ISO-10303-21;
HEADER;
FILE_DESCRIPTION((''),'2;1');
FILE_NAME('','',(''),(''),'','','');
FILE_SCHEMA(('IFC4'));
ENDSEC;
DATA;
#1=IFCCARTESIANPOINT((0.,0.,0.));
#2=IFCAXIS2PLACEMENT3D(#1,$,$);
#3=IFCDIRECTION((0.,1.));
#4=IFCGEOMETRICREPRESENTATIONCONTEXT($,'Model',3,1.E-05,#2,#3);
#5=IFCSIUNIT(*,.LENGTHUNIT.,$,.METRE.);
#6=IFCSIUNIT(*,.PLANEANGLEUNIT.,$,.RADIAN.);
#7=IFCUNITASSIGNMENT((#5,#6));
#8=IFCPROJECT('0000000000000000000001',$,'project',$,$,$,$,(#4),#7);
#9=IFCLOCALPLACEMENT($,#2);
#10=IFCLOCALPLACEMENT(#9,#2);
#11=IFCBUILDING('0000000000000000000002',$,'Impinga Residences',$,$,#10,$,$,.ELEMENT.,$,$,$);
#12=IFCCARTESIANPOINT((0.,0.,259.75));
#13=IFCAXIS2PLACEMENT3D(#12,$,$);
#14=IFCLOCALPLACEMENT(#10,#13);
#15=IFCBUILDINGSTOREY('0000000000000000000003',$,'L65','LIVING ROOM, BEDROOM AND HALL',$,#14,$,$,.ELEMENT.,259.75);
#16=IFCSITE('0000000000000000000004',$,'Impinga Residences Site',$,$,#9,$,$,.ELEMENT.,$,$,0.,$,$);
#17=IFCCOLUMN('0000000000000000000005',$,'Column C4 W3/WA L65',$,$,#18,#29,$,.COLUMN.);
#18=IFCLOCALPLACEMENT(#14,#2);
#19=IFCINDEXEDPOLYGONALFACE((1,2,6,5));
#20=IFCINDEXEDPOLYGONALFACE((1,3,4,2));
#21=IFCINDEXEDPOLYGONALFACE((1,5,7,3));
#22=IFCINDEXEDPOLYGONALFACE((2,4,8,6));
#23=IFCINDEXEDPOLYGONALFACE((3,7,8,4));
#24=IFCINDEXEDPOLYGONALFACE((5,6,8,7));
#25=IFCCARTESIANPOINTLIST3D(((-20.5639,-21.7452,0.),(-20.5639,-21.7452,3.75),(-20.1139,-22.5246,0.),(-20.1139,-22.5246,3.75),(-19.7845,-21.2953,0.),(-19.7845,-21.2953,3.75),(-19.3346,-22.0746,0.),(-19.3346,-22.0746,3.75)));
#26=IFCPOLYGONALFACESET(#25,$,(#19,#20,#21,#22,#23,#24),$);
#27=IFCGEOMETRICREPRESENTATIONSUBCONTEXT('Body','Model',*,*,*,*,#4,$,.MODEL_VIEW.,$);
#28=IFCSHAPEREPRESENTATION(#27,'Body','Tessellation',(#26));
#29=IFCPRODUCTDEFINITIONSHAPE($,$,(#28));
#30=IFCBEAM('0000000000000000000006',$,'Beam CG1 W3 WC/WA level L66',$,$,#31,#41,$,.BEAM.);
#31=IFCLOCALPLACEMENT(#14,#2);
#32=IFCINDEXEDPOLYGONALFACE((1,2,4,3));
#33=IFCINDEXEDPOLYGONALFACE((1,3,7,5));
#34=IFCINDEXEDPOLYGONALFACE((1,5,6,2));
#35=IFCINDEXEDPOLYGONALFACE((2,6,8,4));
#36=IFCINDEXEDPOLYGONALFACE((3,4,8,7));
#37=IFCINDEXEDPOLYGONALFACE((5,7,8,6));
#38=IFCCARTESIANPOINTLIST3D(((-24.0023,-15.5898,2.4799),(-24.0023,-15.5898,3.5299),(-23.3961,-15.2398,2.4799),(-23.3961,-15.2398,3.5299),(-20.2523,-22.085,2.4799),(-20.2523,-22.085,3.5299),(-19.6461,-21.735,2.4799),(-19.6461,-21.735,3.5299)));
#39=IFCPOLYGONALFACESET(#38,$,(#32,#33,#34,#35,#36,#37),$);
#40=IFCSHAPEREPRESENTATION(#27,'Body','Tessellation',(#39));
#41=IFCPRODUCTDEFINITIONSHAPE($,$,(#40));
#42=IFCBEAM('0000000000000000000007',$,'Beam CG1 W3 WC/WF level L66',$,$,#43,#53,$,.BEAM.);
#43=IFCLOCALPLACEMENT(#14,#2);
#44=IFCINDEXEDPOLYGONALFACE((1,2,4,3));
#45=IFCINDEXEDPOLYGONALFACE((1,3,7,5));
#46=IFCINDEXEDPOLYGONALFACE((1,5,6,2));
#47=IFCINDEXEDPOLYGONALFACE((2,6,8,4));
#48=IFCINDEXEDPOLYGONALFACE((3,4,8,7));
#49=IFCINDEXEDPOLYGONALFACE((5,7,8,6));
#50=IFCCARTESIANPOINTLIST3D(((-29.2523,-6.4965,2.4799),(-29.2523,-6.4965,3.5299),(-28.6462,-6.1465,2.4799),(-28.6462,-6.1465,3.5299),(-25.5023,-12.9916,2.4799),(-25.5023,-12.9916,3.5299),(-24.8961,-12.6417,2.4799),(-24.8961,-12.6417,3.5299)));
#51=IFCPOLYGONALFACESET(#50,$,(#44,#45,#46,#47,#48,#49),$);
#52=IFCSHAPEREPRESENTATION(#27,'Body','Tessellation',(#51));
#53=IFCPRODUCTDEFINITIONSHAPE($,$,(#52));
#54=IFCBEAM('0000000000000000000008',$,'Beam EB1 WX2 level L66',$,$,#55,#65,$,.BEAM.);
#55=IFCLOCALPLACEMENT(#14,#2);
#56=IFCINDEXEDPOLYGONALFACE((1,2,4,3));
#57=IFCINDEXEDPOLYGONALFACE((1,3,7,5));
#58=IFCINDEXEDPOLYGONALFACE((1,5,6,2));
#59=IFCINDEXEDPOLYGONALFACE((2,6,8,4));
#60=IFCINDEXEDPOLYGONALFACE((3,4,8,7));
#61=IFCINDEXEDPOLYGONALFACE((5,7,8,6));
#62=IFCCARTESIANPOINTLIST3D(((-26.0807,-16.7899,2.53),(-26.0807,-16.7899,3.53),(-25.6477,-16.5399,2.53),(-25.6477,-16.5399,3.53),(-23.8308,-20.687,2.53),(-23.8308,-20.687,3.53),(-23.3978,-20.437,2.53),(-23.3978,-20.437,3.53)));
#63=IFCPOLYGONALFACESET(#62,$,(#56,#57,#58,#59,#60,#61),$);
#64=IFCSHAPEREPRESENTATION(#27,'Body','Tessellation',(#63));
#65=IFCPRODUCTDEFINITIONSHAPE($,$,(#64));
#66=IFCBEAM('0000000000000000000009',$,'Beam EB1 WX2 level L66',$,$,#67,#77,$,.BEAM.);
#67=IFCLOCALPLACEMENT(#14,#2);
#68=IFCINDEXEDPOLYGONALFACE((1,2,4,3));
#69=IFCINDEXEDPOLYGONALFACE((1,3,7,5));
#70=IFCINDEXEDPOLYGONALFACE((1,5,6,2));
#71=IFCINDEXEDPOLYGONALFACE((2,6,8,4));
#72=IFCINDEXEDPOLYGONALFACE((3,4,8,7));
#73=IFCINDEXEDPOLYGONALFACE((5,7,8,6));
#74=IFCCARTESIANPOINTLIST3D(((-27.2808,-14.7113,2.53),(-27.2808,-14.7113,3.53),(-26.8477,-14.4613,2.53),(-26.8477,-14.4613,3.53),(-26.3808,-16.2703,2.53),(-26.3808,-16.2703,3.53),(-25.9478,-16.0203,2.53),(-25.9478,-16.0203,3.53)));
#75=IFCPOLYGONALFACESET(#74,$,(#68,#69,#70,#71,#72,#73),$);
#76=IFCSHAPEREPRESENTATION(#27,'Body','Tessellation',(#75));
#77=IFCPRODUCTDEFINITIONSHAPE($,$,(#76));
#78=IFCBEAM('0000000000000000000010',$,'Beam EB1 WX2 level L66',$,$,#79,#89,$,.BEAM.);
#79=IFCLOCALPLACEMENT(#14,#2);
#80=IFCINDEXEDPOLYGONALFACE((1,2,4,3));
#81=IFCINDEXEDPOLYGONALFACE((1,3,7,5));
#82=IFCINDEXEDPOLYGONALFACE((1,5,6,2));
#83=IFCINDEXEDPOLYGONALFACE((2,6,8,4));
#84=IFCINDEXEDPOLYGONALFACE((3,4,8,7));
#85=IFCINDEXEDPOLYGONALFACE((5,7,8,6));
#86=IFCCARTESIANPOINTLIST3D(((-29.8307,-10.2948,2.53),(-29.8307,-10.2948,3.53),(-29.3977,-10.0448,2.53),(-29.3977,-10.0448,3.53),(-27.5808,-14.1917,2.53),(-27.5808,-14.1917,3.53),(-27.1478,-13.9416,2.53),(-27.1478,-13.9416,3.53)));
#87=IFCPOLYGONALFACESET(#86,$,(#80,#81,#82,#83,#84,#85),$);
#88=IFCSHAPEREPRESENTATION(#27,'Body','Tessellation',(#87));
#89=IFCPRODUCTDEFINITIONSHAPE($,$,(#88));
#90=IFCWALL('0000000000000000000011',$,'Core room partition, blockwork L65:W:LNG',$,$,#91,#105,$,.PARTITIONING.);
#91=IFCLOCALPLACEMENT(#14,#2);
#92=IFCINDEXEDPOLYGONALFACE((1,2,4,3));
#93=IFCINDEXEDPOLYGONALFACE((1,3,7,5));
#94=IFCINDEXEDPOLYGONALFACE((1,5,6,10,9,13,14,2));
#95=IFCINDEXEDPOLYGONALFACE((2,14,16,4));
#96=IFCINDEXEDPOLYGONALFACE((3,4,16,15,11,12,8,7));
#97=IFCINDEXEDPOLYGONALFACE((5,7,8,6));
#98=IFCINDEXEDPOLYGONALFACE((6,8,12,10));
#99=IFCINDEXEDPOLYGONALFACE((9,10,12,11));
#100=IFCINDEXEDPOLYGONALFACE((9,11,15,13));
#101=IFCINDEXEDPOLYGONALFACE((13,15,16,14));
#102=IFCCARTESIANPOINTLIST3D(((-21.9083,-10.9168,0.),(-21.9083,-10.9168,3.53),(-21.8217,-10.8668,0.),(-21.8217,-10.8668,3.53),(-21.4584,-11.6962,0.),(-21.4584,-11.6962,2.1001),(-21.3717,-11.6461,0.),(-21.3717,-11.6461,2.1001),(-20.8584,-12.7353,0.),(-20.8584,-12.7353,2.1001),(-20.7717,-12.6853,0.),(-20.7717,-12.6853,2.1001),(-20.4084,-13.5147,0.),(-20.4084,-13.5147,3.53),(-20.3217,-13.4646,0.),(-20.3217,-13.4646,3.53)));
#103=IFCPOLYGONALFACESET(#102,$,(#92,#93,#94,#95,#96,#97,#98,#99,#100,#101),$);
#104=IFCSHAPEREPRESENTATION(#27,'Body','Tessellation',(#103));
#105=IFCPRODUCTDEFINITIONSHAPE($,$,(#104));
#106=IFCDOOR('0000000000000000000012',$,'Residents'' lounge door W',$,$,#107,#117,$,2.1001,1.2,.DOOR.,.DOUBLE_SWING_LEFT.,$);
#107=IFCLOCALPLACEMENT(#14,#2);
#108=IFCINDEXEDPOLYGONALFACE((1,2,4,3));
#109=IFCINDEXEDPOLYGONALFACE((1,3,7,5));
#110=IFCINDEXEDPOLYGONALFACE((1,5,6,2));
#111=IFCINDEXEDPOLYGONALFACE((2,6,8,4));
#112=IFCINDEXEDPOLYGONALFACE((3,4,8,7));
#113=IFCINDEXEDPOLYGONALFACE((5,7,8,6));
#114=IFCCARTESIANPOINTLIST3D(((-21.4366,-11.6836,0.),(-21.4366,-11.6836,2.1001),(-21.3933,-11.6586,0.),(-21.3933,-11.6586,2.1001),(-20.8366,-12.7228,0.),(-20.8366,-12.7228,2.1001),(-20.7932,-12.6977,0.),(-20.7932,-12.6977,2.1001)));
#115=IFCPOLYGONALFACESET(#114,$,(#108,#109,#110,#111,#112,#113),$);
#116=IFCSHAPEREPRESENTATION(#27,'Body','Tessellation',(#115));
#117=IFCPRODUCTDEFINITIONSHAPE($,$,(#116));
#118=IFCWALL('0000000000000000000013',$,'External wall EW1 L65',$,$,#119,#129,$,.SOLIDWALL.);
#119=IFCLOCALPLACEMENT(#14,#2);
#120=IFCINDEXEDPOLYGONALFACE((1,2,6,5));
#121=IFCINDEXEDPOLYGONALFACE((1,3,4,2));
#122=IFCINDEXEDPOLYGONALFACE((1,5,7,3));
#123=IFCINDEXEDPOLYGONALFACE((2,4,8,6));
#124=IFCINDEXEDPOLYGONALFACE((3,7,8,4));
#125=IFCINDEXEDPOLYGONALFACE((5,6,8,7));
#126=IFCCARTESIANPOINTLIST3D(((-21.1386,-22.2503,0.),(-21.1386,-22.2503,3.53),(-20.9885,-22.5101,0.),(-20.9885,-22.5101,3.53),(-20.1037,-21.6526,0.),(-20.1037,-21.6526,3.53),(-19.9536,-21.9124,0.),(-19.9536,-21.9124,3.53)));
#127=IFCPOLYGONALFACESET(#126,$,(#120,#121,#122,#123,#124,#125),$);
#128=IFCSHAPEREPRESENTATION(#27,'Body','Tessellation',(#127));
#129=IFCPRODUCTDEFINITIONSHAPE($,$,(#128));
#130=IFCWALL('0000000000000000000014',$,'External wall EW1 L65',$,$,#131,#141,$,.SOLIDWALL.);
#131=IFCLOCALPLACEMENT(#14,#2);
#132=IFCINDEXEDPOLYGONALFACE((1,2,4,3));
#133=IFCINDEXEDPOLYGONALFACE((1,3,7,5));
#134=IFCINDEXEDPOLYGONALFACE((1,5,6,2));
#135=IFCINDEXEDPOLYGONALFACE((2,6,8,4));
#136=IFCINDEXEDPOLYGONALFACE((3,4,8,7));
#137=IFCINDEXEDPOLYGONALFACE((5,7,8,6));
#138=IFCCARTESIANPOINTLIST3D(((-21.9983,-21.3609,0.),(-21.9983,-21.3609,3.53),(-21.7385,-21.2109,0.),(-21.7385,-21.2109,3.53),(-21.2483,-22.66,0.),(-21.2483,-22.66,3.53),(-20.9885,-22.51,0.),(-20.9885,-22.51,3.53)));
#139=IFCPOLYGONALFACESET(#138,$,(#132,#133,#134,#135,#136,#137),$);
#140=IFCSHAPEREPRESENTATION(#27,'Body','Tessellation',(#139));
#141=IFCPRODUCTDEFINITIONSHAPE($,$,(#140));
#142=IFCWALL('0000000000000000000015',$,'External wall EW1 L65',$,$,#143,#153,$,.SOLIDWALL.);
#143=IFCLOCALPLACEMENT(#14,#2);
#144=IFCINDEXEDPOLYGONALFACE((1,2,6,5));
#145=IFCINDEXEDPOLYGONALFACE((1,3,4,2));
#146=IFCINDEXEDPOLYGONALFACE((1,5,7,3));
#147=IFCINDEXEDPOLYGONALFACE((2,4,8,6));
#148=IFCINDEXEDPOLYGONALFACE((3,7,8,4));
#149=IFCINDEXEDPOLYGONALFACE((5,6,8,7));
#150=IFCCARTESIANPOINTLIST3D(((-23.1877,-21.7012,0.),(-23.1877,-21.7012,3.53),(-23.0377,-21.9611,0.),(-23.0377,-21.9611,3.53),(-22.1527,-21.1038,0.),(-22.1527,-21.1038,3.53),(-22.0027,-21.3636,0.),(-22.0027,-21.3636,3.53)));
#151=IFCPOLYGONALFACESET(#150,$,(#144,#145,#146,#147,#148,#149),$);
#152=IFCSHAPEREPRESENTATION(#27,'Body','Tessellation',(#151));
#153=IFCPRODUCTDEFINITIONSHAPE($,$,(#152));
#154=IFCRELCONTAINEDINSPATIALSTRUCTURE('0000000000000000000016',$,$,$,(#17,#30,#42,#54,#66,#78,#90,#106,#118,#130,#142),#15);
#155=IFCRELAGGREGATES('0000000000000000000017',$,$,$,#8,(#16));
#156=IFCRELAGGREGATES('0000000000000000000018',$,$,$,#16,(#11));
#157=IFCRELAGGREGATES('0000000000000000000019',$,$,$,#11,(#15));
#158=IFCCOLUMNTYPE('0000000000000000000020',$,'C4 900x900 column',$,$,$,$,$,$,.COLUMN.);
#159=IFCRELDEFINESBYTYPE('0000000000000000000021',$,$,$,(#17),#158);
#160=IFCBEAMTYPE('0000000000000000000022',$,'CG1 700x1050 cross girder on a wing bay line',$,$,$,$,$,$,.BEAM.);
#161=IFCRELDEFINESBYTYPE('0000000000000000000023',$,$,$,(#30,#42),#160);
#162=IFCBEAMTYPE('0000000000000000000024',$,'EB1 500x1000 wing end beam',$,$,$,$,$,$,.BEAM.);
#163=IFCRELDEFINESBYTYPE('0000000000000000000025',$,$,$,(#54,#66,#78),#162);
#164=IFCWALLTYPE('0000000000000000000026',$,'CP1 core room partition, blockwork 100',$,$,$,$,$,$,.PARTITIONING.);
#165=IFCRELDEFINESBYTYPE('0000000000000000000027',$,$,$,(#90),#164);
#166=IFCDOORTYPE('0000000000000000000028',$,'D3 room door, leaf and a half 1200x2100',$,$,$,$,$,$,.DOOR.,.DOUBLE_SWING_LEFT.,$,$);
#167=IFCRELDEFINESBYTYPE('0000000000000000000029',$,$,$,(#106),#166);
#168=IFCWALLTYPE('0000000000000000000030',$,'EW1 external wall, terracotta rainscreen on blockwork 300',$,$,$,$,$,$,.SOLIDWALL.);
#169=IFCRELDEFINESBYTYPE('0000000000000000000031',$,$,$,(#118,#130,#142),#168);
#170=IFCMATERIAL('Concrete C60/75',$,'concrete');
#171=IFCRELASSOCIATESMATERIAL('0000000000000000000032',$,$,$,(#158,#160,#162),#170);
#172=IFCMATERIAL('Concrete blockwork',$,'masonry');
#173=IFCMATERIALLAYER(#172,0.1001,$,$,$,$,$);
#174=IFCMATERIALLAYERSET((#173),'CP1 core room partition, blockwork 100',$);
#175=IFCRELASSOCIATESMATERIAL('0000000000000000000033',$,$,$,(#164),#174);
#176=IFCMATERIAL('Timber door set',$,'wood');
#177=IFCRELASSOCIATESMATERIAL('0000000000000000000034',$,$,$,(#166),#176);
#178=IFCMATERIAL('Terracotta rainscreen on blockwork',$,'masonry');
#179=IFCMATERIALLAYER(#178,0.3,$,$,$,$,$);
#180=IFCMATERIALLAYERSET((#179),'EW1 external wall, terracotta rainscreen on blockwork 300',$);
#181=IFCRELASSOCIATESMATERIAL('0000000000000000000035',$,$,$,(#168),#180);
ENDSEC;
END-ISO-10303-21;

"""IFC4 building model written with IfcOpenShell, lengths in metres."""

from ifc_helpers import new_model, si_unit, direction, frame, frame_2d, origin, origin_2d, place, context, subcontext, project, spatial, rectangle, extrude, material, layer, layer_set, material_profile, profile_set, type_object, element, fill, save


model = new_model("IFC4")

# Units and contexts
model_context = context("Model", 3, precision=1e-05, world=origin(), true_north=direction((0.0, 1.0)))
body_context = subcontext(model_context, "Body", "Model", "MODEL_VIEW")
ifc_project = project(units=[si_unit("LENGTHUNIT", "METRE"), si_unit("PLANEANGLEUNIT", "RADIAN")], contexts=[model_context])

# Site, building, storey
site_placement = place(None, origin())
site = spatial("IfcSite", under=ifc_project, at=site_placement, Name="Impinga Residences Site", CompositionType="ELEMENT", RefElevation=0.0)
building_placement = place(site_placement, origin())
building = spatial("IfcBuilding", under=site, at=building_placement, Name="Impinga Residences", CompositionType="ELEMENT")
storey_placement = place(building_placement, frame((0.0, 0.0, 259.75)))
storey = spatial("IfcBuildingStorey", under=building, at=storey_placement, Name="L65", Description="LIVING ROOM, BEDROOM AND HALL", CompositionType="ELEMENT", Elevation=259.75)

# Column
ifc_material_1 = material(Name="Concrete C60/75", Category="concrete")
ifc_material_profile_1 = material_profile(ifc_material_1, rectangle(XDim=0.8999, YDim=0.8999, at=origin_2d()), Name="RC 900x900")
ifc_profile_set_1 = profile_set([ifc_material_profile_1], Name="Concrete C60/75")
column_type = type_object("IfcColumnType", Name="C4 900x900 column", PredefinedType="COLUMN", material=ifc_profile_set_1)
column_placement = place(storey_placement, frame((-19.9492, -21.9099, 0.0), z_axis=(0.0, 0.0, 1.0), x_axis=(-0.5, 0.866025, 0.0)))
element("IfcColumn", 1, at=column_placement, inside=storey, type_object=column_type, Name="Column C4 W3/WA L65", PredefinedType="COLUMN", context=body_context, shape_type="SweptSolid", body=[
    extrude(rectangle(XDim=0.8999, YDim=0.8999, at=origin_2d()), origin(), (0.0, 0.0, 1.0), 3.75),
])

# Beams
ifc_material_profile_2 = material_profile(ifc_material_1, rectangle(XDim=0.7, YDim=1.05, at=origin_2d()), Name="RC 700x1050")
ifc_profile_set_2 = profile_set([ifc_material_profile_2], Name="Concrete C60/75")
beam_type_1 = type_object("IfcBeamType", Name="CG1 700x1050 cross girder on a wing bay line", PredefinedType="BEAM", material=ifc_profile_set_2)
for number, where, z_axis, x_axis, name in (
    (2, (-23.6992, -15.4148, 3.0049), (0.500004, -0.866023, 0.0), (0.866023, 0.500004, 0.0), "Beam CG1 W3 WC/WA level L66"),
    (3, (-25.1992, -12.8167, 3.0049), (-0.500004, 0.866023, 0.0), (-0.866023, -0.500004, 0.0), "Beam CG1 W3 WC/WF level L66"),
):
    element("IfcBeam", number, at=place(storey_placement, frame(where, z_axis=z_axis, x_axis=x_axis)), inside=storey, type_object=beam_type_1, Name=name, PredefinedType="BEAM", context=body_context, shape_type="SweptSolid", body=[
        extrude(rectangle(XDim=0.7, YDim=1.05, at=origin_2d()), origin(), (0.0, 0.0, 1.0), 7.5),
    ])
ifc_material_profile_3 = material_profile(ifc_material_1, rectangle(XDim=0.5, YDim=1.0, at=origin_2d()), Name="RC 500x1000")
ifc_profile_set_3 = profile_set([ifc_material_profile_3], Name="Concrete C60/75")
beam_type_2 = type_object("IfcBeamType", Name="EB1 500x1000 wing end beam", PredefinedType="BEAM", material=ifc_profile_set_3)
beam_1_placement = place(storey_placement, frame((-23.6143, -20.562, 3.03), z_axis=(-0.49999, 0.866031, 0.0), x_axis=(-0.866031, -0.49999, 0.0)))
element("IfcBeam", 4, at=beam_1_placement, inside=storey, type_object=beam_type_2, Name="Beam EB1 WX2 level L66", PredefinedType="BEAM", context=body_context, shape_type="SweptSolid", body=[
    extrude(rectangle(XDim=0.5, YDim=1.0, at=origin_2d()), origin(), (0.0, 0.0, 1.0), 4.5),
])
beam_2_placement = place(storey_placement, frame((-26.1643, -16.1453, 3.03), z_axis=(-0.499961, 0.866048, 0.0), x_axis=(-0.866048, -0.499961, 0.0)))
element("IfcBeam", 5, at=beam_2_placement, inside=storey, type_object=beam_type_2, Name="Beam EB1 WX2 level L66", PredefinedType="BEAM", context=body_context, shape_type="SweptSolid", body=[
    extrude(rectangle(XDim=0.5, YDim=1.0, at=origin_2d()), origin(), (0.0, 0.0, 1.0), 1.8),
])
beam_3_placement = place(storey_placement, frame((-27.3643, -14.0667, 3.03), z_axis=(-0.500014, 0.866018, 0.0), x_axis=(-0.866018, -0.500014, 0.0)))
element("IfcBeam", 6, at=beam_3_placement, inside=storey, type_object=beam_type_2, Name="Beam EB1 WX2 level L66", PredefinedType="BEAM", context=body_context, shape_type="SweptSolid", body=[
    extrude(rectangle(XDim=0.5, YDim=1.0, at=origin_2d()), origin(), (0.0, 0.0, 1.0), 4.4998),
])

# Wall, opening, door
ifc_material_2 = material(Name="Concrete blockwork", Category="masonry")
ifc_layer_1 = layer(ifc_material_2, 0.1001)
ifc_layer_set_1 = layer_set([ifc_layer_1], Name="CP1 core room partition, blockwork 100")
wall_type_1 = type_object("IfcWallType", Name="CP1 core room partition, blockwork 100", PredefinedType="PARTITIONING", material=ifc_layer_set_1)
wall_1_placement = place(storey_placement, frame((-20.365, -13.4897, 0.0), z_axis=(0.0, 0.0, 1.0), x_axis=(-0.500025, 0.866011, 0.0)))
wall_1 = element("IfcWall", 7, at=wall_1_placement, inside=storey, type_object=wall_type_1, Name="Core room partition, blockwork L65:W:LNG", PredefinedType="PARTITIONING", context=body_context, shape_type="SweptSolid", body=[
    extrude(rectangle(XDim=2.9998, YDim=0.1001, at=frame_2d((1.5, 0.0))), origin(), (0.0, 0.0, 1.0), 3.53),
])
opening_1_placement = place(wall_1_placement, frame((0.8999, 0.0, 0.0)))
opening_1 = element("IfcOpeningElement", 8, at=opening_1_placement, cuts=wall_1, PredefinedType="OPENING", context=body_context, shape_type="SweptSolid", body=[
    extrude(rectangle(XDim=1.2, YDim=2.1001, at=frame_2d((0.6001, 1.05))), frame((0.0, 0.0601, 0.0), z_axis=(0.0, -1.0, 0.0), x_axis=(1.0, 0.0, 0.0)), (0.0, 0.0, 1.0), 0.1201),
])
ifc_material_3 = material(Name="Timber door set", Category="wood")
door_type = type_object("IfcDoorType", Name="D3 room door, leaf and a half 1200x2100", OperationType="DOUBLE_SWING_LEFT", PredefinedType="DOOR", material=ifc_material_3)
door_placement = place(opening_1_placement, origin())
door = element("IfcDoor", 9, at=door_placement, inside=storey, type_object=door_type, Name="Residents' lounge door W", OperationType="DOUBLE_SWING_LEFT", OverallHeight=2.1001, OverallWidth=1.2, PredefinedType="DOOR", context=body_context, shape_type="SweptSolid", body=[
    extrude(rectangle(XDim=1.2, YDim=2.1001, at=frame_2d((0.6001, 1.05))), frame((0.0, 0.0249, 0.0), z_axis=(0.0, -1.0, 0.0), x_axis=(1.0, 0.0, 0.0)), (0.0, 0.0, 1.0), 0.05),
])
fill(opening_1, door)

# Walls
ifc_material_4 = material(Name="Terracotta rainscreen on blockwork", Category="masonry")
ifc_layer_2 = layer(ifc_material_4, 0.3)
ifc_layer_set_2 = layer_set([ifc_layer_2], Name="EW1 external wall, terracotta rainscreen on blockwork 300")
wall_type_2 = type_object("IfcWallType", Name="EW1 external wall, terracotta rainscreen on blockwork 300", PredefinedType="SOLIDWALL", material=ifc_layer_set_2)
wall_2_placement = place(storey_placement, frame((-20.0286, -21.7825, 0.0), z_axis=(0.0, 0.0, 1.0), x_axis=(-0.865971, -0.500094, 0.0)))
element("IfcWall", 10, at=wall_2_placement, inside=storey, type_object=wall_type_2, Name="External wall EW1 L65", PredefinedType="SOLIDWALL", context=body_context, shape_type="SweptSolid", body=[
    extrude(rectangle(XDim=1.1951, YDim=0.3, at=frame_2d((0.5977, 0.0))), origin(), (0.0, 0.0, 1.0), 3.53),
])
wall_3_placement = place(storey_placement, frame((-21.1184, -22.585, 0.0), z_axis=(0.0, 0.0, 1.0), x_axis=(-0.49999, 0.866031, 0.0)))
element("IfcWall", 11, at=wall_3_placement, inside=storey, type_object=wall_type_2, Name="External wall EW1 L65", PredefinedType="SOLIDWALL", context=body_context, shape_type="SweptSolid", body=[
    extrude(rectangle(XDim=1.5, YDim=0.3, at=frame_2d((0.75, 0.0))), origin(), (0.0, 0.0, 1.0), 3.53),
])
wall_4_placement = place(storey_placement, frame((-22.0776, -21.2336, 0.0), z_axis=(0.0, 0.0, 1.0), x_axis=(-0.86606, -0.499941, 0.0)))
element("IfcWall", 12, at=wall_4_placement, inside=storey, type_object=wall_type_2, Name="External wall EW1 L65", PredefinedType="SOLIDWALL", context=body_context, shape_type="SweptSolid", body=[
    extrude(rectangle(XDim=1.1951, YDim=0.3, at=frame_2d((0.5977, 0.0))), origin(), (0.0, 0.0, 1.0), 3.53),
])

save(model, "model.ifc")
